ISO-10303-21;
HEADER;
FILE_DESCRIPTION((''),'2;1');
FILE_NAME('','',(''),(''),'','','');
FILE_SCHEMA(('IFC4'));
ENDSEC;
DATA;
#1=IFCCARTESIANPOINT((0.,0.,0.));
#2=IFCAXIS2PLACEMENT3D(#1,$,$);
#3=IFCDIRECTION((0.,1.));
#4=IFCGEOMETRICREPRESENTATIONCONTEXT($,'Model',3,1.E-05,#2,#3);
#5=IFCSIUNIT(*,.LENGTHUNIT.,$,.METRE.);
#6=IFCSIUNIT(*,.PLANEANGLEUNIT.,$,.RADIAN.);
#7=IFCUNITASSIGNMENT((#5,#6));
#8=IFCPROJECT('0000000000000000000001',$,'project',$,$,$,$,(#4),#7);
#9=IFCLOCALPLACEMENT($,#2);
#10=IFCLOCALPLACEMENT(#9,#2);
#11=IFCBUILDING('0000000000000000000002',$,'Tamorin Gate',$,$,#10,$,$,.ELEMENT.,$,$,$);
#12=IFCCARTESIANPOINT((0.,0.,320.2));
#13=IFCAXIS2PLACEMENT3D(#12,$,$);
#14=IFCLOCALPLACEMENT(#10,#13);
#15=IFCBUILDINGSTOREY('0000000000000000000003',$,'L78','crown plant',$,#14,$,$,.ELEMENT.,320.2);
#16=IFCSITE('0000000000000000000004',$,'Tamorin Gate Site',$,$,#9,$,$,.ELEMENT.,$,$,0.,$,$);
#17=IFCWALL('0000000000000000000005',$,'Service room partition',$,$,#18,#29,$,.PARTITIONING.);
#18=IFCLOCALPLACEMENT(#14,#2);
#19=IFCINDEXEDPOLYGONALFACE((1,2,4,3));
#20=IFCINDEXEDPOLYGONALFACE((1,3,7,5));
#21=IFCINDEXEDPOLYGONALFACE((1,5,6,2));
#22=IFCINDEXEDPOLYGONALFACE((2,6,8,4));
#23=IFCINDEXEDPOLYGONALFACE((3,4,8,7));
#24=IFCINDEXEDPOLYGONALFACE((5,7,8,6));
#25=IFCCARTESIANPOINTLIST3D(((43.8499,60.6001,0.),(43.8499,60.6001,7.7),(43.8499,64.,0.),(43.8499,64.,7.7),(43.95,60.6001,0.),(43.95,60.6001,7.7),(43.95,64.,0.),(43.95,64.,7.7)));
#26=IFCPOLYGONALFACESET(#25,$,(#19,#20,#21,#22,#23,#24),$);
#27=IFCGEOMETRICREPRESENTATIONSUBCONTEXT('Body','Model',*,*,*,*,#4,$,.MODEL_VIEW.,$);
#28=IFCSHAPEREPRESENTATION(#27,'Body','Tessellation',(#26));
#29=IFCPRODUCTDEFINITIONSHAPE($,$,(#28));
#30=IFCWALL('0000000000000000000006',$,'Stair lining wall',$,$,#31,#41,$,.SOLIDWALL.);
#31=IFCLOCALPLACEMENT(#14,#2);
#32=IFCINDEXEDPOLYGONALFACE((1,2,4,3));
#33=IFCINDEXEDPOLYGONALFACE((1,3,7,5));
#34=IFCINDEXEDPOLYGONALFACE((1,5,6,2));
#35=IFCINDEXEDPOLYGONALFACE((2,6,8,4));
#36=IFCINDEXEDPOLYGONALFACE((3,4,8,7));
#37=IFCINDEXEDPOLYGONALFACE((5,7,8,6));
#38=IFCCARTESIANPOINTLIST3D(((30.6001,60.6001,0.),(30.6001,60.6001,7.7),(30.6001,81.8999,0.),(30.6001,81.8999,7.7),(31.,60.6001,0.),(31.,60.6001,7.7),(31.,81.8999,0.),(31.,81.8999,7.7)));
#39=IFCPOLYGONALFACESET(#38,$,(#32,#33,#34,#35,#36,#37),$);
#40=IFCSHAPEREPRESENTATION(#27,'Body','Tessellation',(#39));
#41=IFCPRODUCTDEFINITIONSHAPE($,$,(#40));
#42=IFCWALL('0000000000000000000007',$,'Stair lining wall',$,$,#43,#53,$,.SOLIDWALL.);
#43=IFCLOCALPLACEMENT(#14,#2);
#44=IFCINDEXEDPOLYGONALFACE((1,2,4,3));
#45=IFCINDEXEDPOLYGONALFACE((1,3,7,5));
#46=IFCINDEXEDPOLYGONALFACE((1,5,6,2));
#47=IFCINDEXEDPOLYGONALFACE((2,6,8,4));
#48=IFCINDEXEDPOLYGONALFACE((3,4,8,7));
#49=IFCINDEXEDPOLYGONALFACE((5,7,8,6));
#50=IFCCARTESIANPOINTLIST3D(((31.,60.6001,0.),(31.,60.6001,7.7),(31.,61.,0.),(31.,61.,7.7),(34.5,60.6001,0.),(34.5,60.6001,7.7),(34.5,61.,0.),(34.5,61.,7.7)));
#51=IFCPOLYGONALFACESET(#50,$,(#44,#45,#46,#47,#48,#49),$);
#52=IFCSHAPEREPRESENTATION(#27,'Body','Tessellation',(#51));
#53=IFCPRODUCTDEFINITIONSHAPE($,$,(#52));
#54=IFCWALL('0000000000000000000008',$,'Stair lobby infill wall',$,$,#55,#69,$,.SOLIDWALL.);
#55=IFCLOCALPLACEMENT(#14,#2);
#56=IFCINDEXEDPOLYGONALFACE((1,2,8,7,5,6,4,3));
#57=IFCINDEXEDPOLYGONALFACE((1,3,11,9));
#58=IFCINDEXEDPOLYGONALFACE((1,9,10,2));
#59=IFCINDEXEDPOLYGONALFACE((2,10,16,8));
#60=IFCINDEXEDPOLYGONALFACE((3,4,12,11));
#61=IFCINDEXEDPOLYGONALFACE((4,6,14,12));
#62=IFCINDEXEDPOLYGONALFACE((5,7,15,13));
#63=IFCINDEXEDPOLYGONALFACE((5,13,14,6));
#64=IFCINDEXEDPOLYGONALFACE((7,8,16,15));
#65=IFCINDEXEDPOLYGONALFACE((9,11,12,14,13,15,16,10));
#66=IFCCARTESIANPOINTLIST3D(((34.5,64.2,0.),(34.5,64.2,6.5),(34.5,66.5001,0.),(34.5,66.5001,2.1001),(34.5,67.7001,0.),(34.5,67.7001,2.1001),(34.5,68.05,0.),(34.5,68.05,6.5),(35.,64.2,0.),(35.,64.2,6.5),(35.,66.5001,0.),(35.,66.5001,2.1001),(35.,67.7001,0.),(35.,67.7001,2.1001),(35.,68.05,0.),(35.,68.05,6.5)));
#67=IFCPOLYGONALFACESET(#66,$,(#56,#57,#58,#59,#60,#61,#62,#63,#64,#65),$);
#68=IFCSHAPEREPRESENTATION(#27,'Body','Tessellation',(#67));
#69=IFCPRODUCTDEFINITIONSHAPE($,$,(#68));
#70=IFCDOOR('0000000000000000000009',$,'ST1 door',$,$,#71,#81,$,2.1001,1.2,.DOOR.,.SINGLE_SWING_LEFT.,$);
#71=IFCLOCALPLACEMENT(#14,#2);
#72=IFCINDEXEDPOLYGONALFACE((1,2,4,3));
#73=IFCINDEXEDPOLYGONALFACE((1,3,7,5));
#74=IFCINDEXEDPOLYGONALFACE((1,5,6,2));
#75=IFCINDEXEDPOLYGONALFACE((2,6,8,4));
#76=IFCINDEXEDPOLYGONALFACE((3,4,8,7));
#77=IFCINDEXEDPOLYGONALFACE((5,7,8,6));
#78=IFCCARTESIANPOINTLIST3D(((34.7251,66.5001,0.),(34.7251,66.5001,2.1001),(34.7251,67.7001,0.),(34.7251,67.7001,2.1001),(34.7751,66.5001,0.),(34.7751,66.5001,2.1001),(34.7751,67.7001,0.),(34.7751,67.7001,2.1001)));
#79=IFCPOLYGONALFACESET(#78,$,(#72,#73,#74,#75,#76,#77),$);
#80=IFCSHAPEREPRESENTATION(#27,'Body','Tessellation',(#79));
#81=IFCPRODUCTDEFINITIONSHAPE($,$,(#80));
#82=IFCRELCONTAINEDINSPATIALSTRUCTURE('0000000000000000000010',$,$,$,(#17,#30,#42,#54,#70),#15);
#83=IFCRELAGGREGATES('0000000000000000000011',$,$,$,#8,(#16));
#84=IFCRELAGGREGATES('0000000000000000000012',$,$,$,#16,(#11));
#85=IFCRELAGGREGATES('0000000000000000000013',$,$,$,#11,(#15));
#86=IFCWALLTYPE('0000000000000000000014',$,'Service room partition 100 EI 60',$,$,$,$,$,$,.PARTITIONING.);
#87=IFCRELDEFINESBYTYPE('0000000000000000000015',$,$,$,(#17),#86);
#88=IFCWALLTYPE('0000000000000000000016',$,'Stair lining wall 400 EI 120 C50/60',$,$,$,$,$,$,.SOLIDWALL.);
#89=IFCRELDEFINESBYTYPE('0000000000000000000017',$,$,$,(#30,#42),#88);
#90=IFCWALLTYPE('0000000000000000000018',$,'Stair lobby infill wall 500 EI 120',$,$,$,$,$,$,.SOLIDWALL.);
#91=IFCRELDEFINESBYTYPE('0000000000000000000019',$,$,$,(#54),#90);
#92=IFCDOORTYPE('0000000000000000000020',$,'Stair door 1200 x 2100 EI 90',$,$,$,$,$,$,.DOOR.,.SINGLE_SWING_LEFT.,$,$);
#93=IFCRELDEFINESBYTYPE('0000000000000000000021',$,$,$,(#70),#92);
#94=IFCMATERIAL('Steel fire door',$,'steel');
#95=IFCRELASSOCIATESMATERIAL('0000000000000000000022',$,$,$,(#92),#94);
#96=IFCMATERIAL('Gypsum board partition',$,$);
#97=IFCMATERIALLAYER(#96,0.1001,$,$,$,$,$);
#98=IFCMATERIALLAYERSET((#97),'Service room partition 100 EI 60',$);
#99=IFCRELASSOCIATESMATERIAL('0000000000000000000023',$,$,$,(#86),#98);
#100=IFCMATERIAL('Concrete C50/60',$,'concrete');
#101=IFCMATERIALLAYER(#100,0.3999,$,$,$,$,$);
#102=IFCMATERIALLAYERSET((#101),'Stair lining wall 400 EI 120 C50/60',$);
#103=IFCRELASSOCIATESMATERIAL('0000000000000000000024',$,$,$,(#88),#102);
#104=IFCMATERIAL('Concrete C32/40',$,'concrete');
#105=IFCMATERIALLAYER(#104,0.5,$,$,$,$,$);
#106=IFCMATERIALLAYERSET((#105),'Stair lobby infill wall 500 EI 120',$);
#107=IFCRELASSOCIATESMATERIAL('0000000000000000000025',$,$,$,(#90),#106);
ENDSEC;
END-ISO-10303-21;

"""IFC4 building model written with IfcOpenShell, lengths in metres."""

from ifc_helpers import new_model, si_unit, direction, frame, frame_2d, origin, place, context, subcontext, project, spatial, rectangle, extrude, material, layer, layer_set, type_object, element, fill, save


model = new_model("IFC4")

# Units and contexts
model_context = context("Model", 3, precision=1e-05, world=origin(), true_north=direction((0.0, 1.0)))
body_context = subcontext(model_context, "Body", "Model", "MODEL_VIEW")
ifc_project = project(units=[si_unit("LENGTHUNIT", "METRE"), si_unit("PLANEANGLEUNIT", "RADIAN")], contexts=[model_context])

# Site, building, storey
site_placement = place(None, origin())
site = spatial("IfcSite", under=ifc_project, at=site_placement, Name="Tamorin Gate Site", CompositionType="ELEMENT", RefElevation=0.0)
building_placement = place(site_placement, origin())
building = spatial("IfcBuilding", under=site, at=building_placement, Name="Tamorin Gate", CompositionType="ELEMENT")
storey_placement = place(building_placement, frame((0.0, 0.0, 320.2)))
storey = spatial("IfcBuildingStorey", under=building, at=storey_placement, Name="L78", Description="crown plant", CompositionType="ELEMENT", Elevation=320.2)

# Shared definitions
ifc_material_1 = material(Name="Concrete C50/60", Category="concrete")

# Shared definitions
ifc_material_2 = material(Name="Gypsum board partition")

# Shared definitions
ifc_material_3 = material(Name="Steel fire door", Category="steel")
door_type_1 = type_object("IfcDoorType", Name="Stair door 1200 x 2100 EI 90", OperationType="SINGLE_SWING_LEFT", PredefinedType="DOOR", material=ifc_material_3)

# Walls
ifc_layer_1 = layer(ifc_material_2, 0.1001)
ifc_layer_set_1 = layer_set([ifc_layer_1], Name="Service room partition 100 EI 60")
wall_type_1 = type_object("IfcWallType", Name="Service room partition 100 EI 60", PredefinedType="PARTITIONING", material=ifc_layer_set_1)
wall_1_placement = place(storey_placement, frame((43.8999, 60.6001, 0.0), z_axis=(0.0, 0.0, 1.0), x_axis=(0.0, 1.0, 0.0)))
element("IfcWall", 1, at=wall_1_placement, inside=storey, type_object=wall_type_1, Name="Service room partition", PredefinedType="PARTITIONING", context=body_context, shape_type="SweptSolid", body=[
    extrude(rectangle(XDim=3.3999, YDim=0.1001, at=frame_2d((1.7, 0.0))), origin(), (0.0, 0.0, 1.0), 7.7),
])
ifc_layer_2 = layer(ifc_material_1, 0.3999)
ifc_layer_set_2 = layer_set([ifc_layer_2], Name="Stair lining wall 400 EI 120 C50/60")
wall_type_2 = type_object("IfcWallType", Name="Stair lining wall 400 EI 120 C50/60", PredefinedType="SOLIDWALL", material=ifc_layer_set_2)
wall_2_placement = place(storey_placement, frame((30.8, 60.6001, 0.0), z_axis=(0.0, 0.0, 1.0), x_axis=(0.0, 1.0, 0.0)))
element("IfcWall", 2, at=wall_2_placement, inside=storey, type_object=wall_type_2, Name="Stair lining wall", PredefinedType="SOLIDWALL", context=body_context, shape_type="SweptSolid", body=[
    extrude(rectangle(XDim=21.2998, YDim=0.3999, at=frame_2d((10.6499, 0.0))), origin(), (0.0, 0.0, 1.0), 7.7),
])
wall_3_placement = place(storey_placement, frame((31.0, 60.8, 0.0), z_axis=(0.0, 0.0, 1.0), x_axis=(1.0, 0.0, 0.0)))
element("IfcWall", 3, at=wall_3_placement, inside=storey, type_object=wall_type_2, Name="Stair lining wall", PredefinedType="SOLIDWALL", context=body_context, shape_type="SweptSolid", body=[
    extrude(rectangle(XDim=3.5, YDim=0.3999, at=frame_2d((1.75, 0.0))), origin(), (0.0, 0.0, 1.0), 7.7),
])

# Wall, opening, door
ifc_material_4 = material(Name="Concrete C32/40", Category="concrete")
ifc_layer_3 = layer(ifc_material_4, 0.5)
ifc_layer_set_3 = layer_set([ifc_layer_3], Name="Stair lobby infill wall 500 EI 120")
wall_type_3 = type_object("IfcWallType", Name="Stair lobby infill wall 500 EI 120", PredefinedType="SOLIDWALL", material=ifc_layer_set_3)
wall_4_placement = place(storey_placement, frame((34.75, 64.2, 0.0), z_axis=(0.0, 0.0, 1.0), x_axis=(0.0, 1.0, 0.0)))
wall_4 = element("IfcWall", 4, at=wall_4_placement, inside=storey, type_object=wall_type_3, Name="Stair lobby infill wall", PredefinedType="SOLIDWALL", context=body_context, shape_type="SweptSolid", body=[
    extrude(rectangle(XDim=3.8501, YDim=0.5, at=frame_2d((1.925, 0.0))), origin(), (0.0, 0.0, 1.0), 6.5),
])
opening_1_placement = place(wall_4_placement, frame((2.3, 0.0, 0.0)))
opening_1 = element("IfcOpeningElement", 5, at=opening_1_placement, cuts=wall_4, PredefinedType="OPENING", context=body_context, shape_type="SweptSolid", body=[
    extrude(rectangle(XDim=1.2, YDim=2.1001, at=frame_2d((0.6001, 1.05))), frame((0.0, 0.26, 0.0), z_axis=(0.0, -1.0, 0.0), x_axis=(1.0, 0.0, 0.0)), (0.0, 0.0, 1.0), 0.52),
])
door_1_placement = place(opening_1_placement, origin())
door_1 = element("IfcDoor", 6, at=door_1_placement, inside=storey, type_object=door_type_1, Name="ST1 door", OperationType="SINGLE_SWING_LEFT", OverallHeight=2.1001, OverallWidth=1.2, PredefinedType="DOOR", context=body_context, shape_type="SweptSolid", body=[
    extrude(rectangle(XDim=1.2, YDim=2.1001, at=frame_2d((0.6001, 1.05))), frame((0.0, 0.0249, 0.0), z_axis=(0.0, -1.0, 0.0), x_axis=(1.0, 0.0, 0.0)), (0.0, 0.0, 1.0), 0.05),
])
fill(opening_1, door_1)

save(model, "model.ifc")
